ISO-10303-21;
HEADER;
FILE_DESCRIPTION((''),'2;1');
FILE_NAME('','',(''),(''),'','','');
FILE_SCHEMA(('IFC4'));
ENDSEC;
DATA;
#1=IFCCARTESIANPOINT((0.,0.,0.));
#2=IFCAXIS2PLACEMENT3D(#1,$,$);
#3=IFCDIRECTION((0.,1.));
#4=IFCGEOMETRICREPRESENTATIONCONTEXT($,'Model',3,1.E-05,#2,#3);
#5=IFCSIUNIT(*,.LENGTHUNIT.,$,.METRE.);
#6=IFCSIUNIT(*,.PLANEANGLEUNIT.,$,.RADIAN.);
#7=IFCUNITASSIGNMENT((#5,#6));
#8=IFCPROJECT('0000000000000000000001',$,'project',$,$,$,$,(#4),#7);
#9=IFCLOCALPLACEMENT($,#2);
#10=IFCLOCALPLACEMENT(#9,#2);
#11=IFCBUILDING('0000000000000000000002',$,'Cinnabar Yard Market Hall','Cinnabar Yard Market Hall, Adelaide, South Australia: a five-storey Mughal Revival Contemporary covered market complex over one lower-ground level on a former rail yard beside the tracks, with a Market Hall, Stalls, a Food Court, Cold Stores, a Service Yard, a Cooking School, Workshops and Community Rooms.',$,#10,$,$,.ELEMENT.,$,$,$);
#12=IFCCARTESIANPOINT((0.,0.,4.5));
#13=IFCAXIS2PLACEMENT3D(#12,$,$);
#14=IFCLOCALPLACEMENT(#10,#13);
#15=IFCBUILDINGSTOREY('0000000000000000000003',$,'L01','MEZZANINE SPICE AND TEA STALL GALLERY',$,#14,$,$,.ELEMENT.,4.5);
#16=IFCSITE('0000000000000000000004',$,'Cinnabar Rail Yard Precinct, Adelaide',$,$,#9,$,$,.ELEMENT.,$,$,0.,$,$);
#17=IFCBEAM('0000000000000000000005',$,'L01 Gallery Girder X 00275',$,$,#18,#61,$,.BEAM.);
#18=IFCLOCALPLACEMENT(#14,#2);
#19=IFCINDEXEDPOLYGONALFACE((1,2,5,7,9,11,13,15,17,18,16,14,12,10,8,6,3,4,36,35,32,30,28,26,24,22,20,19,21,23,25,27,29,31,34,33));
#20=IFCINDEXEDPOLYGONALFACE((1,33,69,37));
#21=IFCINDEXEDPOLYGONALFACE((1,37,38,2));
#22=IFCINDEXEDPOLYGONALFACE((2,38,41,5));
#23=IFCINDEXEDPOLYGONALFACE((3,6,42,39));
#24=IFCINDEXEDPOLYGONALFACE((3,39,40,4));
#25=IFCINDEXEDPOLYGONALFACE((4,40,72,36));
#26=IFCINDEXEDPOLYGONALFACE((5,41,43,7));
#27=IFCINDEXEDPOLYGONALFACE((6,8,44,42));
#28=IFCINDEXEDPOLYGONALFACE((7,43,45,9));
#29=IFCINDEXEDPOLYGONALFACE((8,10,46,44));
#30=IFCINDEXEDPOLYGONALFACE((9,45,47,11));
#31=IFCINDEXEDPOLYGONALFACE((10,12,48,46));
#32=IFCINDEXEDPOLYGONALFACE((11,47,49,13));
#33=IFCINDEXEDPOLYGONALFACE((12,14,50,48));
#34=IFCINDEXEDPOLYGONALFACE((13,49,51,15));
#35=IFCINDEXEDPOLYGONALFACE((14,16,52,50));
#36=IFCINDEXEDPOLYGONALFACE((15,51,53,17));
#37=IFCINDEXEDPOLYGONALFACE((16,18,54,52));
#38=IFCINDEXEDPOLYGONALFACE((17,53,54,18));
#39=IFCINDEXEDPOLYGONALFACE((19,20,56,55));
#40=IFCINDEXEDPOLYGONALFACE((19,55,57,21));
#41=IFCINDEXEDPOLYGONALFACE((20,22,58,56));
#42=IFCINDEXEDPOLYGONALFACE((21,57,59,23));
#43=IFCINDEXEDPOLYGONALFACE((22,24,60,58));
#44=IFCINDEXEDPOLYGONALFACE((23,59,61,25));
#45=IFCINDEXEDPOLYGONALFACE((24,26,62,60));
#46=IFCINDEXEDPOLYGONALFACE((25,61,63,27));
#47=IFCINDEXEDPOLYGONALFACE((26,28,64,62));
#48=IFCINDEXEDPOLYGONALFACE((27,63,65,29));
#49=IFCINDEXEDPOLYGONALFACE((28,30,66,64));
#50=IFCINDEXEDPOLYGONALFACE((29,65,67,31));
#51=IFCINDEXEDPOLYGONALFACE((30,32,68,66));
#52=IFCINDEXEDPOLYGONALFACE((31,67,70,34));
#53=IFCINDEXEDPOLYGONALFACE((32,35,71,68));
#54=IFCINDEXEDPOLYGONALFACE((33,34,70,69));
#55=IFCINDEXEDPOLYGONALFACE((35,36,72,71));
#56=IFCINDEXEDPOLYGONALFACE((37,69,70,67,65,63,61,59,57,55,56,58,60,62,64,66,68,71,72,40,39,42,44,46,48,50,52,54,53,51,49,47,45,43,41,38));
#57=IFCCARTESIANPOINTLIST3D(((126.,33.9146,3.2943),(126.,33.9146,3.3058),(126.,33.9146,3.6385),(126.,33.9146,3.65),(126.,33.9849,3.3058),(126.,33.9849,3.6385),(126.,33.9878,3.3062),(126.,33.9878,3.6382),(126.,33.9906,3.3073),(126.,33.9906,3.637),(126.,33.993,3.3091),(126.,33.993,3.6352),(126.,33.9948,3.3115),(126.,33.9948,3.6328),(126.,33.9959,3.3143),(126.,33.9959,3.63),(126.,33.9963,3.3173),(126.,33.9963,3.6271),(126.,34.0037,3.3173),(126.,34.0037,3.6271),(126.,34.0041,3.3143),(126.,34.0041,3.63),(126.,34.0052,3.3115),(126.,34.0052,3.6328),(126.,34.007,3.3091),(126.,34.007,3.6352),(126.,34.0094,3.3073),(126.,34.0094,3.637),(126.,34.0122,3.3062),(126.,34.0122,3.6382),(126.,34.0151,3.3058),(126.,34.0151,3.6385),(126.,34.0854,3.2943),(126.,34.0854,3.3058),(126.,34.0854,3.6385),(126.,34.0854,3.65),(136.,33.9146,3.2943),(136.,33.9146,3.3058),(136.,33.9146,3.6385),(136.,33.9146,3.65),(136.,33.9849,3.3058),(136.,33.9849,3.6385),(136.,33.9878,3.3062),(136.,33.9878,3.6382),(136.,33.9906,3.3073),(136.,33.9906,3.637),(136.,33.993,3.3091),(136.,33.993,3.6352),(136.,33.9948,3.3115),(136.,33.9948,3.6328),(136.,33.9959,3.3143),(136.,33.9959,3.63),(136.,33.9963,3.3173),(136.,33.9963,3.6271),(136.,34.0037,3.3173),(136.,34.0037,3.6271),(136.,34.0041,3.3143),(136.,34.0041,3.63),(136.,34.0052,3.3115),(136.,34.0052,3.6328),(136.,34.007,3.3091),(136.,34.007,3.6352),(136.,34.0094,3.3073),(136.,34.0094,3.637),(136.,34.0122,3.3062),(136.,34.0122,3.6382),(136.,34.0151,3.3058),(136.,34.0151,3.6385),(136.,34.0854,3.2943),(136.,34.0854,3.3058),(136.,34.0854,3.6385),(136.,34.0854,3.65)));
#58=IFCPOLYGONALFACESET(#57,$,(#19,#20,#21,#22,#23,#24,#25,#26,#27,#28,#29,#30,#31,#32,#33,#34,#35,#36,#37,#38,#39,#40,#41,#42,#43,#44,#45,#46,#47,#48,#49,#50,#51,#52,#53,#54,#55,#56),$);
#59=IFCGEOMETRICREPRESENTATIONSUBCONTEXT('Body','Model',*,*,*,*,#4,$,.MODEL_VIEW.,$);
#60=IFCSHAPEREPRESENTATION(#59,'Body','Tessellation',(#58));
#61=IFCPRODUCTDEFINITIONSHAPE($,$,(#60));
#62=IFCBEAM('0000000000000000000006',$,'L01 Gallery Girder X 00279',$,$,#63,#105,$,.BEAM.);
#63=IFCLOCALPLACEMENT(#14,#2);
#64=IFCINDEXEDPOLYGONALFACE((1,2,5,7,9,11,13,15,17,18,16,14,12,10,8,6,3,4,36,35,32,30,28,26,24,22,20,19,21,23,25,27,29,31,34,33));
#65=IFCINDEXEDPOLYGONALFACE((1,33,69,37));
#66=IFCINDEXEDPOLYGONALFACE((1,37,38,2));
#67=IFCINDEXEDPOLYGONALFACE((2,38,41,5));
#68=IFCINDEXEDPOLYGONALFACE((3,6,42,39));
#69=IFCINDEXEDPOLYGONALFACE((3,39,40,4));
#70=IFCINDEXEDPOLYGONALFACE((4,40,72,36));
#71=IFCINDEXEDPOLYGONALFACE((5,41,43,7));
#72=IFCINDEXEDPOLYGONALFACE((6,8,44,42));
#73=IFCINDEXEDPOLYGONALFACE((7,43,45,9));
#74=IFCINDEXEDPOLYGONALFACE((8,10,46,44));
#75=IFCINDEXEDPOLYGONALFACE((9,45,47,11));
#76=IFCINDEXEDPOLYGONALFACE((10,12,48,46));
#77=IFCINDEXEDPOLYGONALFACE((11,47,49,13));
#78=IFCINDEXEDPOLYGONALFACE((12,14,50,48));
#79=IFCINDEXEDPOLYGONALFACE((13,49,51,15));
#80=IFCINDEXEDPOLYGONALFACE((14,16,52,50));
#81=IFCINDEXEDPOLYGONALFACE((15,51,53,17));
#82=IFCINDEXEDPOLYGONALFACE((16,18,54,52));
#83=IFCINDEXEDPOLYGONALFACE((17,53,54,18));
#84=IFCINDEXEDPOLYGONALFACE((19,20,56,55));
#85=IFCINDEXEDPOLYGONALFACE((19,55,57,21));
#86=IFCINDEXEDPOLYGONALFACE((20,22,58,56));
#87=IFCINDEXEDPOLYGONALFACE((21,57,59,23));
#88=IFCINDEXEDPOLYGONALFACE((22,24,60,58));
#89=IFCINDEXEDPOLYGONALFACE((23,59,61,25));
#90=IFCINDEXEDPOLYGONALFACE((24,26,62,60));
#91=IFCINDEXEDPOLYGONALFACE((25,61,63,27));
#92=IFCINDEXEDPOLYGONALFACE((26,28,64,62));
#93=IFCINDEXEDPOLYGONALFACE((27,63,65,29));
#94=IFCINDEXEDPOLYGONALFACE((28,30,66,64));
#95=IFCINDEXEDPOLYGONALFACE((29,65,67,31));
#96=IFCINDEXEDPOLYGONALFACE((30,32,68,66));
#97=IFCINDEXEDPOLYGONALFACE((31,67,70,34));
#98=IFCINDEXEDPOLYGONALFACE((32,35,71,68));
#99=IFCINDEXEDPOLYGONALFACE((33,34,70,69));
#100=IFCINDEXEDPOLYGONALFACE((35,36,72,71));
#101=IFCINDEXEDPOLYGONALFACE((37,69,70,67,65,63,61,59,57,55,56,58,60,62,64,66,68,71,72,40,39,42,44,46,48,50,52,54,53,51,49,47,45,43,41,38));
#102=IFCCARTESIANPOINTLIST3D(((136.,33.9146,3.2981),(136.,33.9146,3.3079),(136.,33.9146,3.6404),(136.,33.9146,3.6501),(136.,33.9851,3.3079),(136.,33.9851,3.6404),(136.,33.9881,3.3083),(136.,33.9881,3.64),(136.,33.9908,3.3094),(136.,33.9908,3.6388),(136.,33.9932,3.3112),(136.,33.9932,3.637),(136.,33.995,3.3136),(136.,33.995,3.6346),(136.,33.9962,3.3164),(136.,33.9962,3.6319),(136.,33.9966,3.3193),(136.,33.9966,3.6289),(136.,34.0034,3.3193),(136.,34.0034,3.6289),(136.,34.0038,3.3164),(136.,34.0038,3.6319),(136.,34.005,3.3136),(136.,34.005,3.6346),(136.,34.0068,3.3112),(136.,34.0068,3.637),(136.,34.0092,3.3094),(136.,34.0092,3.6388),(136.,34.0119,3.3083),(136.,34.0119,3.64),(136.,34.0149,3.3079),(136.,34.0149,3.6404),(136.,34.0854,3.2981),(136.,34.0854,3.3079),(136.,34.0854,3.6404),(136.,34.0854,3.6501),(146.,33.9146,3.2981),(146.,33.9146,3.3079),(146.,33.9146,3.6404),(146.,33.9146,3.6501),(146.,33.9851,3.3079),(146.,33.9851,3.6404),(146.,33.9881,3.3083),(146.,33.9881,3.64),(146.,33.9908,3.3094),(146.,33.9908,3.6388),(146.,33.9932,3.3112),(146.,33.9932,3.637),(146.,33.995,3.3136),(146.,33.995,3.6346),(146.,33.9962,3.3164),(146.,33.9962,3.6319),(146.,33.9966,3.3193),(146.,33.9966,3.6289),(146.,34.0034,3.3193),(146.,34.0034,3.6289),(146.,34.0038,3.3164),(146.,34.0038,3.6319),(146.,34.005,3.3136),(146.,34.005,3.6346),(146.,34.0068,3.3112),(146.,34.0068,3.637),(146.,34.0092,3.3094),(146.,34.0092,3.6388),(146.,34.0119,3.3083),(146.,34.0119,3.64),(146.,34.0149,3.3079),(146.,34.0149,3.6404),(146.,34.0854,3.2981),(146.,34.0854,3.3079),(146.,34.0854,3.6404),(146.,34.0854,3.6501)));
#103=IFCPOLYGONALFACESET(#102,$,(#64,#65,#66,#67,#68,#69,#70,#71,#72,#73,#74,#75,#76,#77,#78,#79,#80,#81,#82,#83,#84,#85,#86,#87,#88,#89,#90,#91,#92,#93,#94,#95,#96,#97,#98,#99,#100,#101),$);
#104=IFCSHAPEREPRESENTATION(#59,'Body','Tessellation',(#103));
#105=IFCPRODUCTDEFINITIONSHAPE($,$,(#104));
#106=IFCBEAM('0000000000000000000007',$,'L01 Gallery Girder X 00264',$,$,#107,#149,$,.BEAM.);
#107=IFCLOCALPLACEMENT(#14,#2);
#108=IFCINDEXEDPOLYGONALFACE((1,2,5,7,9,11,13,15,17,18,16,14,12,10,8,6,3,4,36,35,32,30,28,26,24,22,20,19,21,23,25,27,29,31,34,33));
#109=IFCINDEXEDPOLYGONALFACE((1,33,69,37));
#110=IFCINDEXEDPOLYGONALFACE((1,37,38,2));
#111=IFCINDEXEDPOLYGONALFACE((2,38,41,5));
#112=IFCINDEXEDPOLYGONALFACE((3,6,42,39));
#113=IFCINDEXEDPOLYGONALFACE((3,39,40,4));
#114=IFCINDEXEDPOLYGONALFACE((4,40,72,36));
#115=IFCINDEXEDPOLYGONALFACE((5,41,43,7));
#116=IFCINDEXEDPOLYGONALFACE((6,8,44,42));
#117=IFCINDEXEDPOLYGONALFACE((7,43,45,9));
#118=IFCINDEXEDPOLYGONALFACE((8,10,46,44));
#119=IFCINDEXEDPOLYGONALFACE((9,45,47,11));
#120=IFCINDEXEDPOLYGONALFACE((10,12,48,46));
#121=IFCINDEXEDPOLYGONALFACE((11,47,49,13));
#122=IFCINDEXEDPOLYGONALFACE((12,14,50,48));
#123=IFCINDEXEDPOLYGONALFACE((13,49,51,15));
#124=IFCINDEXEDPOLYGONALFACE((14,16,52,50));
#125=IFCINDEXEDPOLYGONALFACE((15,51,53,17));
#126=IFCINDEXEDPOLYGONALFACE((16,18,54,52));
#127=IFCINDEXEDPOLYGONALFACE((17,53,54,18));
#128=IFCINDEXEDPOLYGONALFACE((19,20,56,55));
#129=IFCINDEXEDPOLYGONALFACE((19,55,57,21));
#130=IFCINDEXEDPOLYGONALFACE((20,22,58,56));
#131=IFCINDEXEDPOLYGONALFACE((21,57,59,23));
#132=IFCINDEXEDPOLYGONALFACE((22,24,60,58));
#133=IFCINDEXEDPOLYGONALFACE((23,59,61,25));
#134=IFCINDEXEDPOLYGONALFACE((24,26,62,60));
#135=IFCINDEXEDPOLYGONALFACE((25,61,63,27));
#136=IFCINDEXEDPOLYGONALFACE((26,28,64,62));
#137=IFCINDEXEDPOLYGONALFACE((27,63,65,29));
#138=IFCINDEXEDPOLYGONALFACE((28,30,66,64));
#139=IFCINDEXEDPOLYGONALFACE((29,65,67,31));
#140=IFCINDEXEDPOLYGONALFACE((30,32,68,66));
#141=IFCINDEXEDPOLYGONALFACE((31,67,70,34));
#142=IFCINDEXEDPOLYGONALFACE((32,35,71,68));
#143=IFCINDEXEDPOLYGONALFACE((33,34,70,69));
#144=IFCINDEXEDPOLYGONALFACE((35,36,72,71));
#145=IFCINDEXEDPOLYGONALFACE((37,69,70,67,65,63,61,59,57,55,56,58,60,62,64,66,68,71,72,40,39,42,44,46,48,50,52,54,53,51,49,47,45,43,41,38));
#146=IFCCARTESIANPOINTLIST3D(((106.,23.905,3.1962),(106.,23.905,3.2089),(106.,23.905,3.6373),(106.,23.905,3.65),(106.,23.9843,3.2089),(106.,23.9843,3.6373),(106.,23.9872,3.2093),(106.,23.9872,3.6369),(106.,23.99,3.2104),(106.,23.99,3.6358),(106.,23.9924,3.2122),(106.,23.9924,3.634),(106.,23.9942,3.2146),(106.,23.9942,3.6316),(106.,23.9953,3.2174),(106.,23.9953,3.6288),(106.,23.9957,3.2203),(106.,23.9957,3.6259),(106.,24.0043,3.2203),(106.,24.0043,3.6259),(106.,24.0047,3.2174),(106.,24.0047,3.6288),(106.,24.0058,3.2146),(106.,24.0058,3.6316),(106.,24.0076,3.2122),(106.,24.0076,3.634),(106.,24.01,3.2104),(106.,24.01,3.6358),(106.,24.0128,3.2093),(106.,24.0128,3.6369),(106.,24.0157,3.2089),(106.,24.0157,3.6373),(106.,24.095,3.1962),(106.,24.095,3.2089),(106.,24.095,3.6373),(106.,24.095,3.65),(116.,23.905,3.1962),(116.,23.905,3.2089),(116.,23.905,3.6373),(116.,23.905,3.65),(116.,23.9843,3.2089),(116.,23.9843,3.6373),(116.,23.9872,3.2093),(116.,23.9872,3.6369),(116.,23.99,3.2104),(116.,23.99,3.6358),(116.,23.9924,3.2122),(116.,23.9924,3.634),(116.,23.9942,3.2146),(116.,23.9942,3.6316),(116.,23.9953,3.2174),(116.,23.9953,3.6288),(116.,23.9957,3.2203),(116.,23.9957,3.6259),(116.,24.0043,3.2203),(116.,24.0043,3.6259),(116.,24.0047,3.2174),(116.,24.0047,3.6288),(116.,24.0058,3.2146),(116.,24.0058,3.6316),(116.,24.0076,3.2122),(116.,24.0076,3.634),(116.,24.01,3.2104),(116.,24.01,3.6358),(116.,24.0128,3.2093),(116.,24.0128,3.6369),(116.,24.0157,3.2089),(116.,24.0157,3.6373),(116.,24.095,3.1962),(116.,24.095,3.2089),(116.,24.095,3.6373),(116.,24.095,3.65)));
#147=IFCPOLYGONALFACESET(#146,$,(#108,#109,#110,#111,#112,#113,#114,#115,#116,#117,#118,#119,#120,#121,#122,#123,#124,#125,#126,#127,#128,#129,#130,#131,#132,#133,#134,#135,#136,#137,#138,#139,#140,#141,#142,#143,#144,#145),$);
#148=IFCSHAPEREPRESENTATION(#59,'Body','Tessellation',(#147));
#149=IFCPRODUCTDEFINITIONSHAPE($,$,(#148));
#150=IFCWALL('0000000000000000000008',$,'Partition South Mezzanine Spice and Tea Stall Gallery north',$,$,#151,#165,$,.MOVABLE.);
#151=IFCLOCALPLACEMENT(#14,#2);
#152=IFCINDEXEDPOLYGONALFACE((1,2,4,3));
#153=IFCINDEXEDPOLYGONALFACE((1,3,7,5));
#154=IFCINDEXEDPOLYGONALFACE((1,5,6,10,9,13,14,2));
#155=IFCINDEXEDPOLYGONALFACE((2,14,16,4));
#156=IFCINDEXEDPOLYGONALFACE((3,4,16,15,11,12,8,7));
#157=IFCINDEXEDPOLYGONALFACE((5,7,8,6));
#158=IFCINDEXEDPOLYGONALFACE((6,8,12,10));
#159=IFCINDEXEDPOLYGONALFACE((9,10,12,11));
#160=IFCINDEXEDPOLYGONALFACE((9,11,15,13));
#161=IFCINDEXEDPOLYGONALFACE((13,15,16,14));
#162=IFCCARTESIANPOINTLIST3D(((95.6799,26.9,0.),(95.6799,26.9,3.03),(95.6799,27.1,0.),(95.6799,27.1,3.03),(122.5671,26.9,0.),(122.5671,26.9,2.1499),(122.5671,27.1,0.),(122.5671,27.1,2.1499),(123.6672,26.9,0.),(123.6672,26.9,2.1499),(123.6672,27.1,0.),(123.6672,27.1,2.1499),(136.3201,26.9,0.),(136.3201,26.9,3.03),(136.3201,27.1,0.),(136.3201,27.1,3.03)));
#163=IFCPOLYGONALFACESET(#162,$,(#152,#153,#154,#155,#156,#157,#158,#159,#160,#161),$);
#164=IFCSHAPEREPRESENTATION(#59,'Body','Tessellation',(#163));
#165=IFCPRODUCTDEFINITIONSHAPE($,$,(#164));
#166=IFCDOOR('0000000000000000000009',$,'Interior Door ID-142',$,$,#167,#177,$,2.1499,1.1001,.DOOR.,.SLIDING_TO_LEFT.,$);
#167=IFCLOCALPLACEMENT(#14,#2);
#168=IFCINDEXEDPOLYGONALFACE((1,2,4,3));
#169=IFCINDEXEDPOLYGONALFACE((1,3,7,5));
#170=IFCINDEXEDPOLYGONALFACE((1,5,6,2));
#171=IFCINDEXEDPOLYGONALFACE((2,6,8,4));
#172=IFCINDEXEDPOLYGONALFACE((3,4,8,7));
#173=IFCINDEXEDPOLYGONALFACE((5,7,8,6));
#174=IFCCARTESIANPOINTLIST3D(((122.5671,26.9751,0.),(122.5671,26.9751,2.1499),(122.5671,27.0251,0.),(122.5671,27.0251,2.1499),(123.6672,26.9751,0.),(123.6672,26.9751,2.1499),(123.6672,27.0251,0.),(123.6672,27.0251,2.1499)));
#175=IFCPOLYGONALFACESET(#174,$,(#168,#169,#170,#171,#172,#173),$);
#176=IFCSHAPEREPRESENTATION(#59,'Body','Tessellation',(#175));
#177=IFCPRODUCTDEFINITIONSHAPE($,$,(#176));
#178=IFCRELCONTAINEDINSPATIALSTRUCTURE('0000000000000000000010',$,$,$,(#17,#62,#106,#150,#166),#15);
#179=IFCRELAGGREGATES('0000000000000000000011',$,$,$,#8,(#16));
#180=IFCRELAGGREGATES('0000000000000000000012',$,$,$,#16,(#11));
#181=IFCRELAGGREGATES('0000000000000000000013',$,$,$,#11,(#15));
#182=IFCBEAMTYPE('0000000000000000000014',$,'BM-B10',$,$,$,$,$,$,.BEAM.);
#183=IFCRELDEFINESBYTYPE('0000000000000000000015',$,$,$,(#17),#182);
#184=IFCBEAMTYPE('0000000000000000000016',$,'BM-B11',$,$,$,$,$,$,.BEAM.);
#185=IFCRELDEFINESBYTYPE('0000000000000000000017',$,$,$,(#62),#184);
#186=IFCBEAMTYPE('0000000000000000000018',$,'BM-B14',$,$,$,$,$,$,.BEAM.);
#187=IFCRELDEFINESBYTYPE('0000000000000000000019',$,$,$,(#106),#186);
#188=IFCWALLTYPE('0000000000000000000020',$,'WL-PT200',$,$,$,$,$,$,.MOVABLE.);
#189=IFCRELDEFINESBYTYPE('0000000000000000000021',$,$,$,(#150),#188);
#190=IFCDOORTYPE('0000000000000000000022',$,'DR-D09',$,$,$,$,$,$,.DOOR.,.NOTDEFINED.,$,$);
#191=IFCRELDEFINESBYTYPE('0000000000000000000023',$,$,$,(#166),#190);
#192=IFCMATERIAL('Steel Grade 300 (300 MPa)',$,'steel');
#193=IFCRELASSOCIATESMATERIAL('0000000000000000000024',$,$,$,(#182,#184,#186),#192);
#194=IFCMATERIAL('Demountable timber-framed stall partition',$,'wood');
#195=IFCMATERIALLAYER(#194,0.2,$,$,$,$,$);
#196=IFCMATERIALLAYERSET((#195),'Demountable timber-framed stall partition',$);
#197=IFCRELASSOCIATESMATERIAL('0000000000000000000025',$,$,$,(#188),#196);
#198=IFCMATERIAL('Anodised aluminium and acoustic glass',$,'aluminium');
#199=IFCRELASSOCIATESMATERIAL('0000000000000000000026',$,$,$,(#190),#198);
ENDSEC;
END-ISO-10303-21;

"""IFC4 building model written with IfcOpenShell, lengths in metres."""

from ifc_helpers import new_model, si_unit, direction, frame, frame_2d, origin, origin_2d_with_axis, place, context, subcontext, project, spatial, rectangle, i_section, extrude, material, layer, layer_set, material_profile, profile_set, type_object, element, fill, save


model = new_model("IFC4")

# Units and contexts
model_context = context("Model", 3, precision=1e-05, world=origin(), true_north=direction((0.0, 1.0)))
body_context = subcontext(model_context, "Body", "Model", "MODEL_VIEW")
ifc_project = project(units=[si_unit("LENGTHUNIT", "METRE"), si_unit("PLANEANGLEUNIT", "RADIAN")], contexts=[model_context])

# Site, building, storey
site_placement = place(None, origin())
site = spatial("IfcSite", under=ifc_project, at=site_placement, Name="Cinnabar Rail Yard Precinct, Adelaide", CompositionType="ELEMENT", RefElevation=0.0)
building_placement = place(site_placement, origin())
building = spatial("IfcBuilding", under=site, at=building_placement, Name="Cinnabar Yard Market Hall", Description="Cinnabar Yard Market Hall, Adelaide, South Australia: a five-storey Mughal Revival Contemporary covered market complex over one lower-ground level on a former rail yard beside the tracks, with a Market Hall, Stalls, a Food Court, Cold Stores, a Service Yard, a Cooking School, Workshops and Community Rooms.", CompositionType="ELEMENT")
storey_placement = place(building_placement, frame((0.0, 0.0, 4.5)))
storey = spatial("IfcBuildingStorey", under=building, at=storey_placement, Name="L01", Description="MEZZANINE SPICE AND TEA STALL GALLERY", CompositionType="ELEMENT", Elevation=4.5)

# Beams
ifc_material_1 = material(Name="Steel Grade 300 (300 MPa)", Category="steel")
ifc_material_profile_1 = material_profile(ifc_material_1, i_section(OverallWidth=0.1709, OverallDepth=0.3557, WebThickness=0.0073, FlangeThickness=0.0115, FilletRadius=0.0115, at=origin_2d_with_axis()), Name="360UB50.7")
ifc_profile_set_1 = profile_set([ifc_material_profile_1], Name="Steel Grade 300 (300 MPa)")
beam_type_1 = type_object("IfcBeamType", Name="BM-B10", PredefinedType="BEAM", material=ifc_profile_set_1)
beam_1_placement = place(storey_placement, frame((126.0, 34.0, 3.4722), z_axis=(1.0, 0.0, 0.0), x_axis=(0.0, 1.0, 0.0)))
element("IfcBeam", 1, at=beam_1_placement, inside=storey, type_object=beam_type_1, Name="L01 Gallery Girder X 00275", PredefinedType="BEAM", context=body_context, shape_type="SweptSolid", body=[
    extrude(i_section(OverallWidth=0.1709, OverallDepth=0.3557, WebThickness=0.0073, FlangeThickness=0.0115, FilletRadius=0.0115, at=origin_2d_with_axis()), origin(), (0.0, 0.0, 1.0), 10.0),
])
ifc_material_profile_2 = material_profile(ifc_material_1, i_section(OverallWidth=0.1709, OverallDepth=0.3521, WebThickness=0.0068, FlangeThickness=0.0098, FilletRadius=0.0115, at=origin_2d_with_axis()), Name="360UB44.7")
ifc_profile_set_2 = profile_set([ifc_material_profile_2], Name="Steel Grade 300 (300 MPa)")
beam_type_2 = type_object("IfcBeamType", Name="BM-B11", PredefinedType="BEAM", material=ifc_profile_set_2)
beam_2_placement = place(storey_placement, frame((136.0, 34.0, 3.4741), z_axis=(1.0, 0.0, 0.0), x_axis=(0.0, 1.0, 0.0)))
element("IfcBeam", 2, at=beam_2_placement, inside=storey, type_object=beam_type_2, Name="L01 Gallery Girder X 00279", PredefinedType="BEAM", context=body_context, shape_type="SweptSolid", body=[
    extrude(i_section(OverallWidth=0.1709, OverallDepth=0.3521, WebThickness=0.0068, FlangeThickness=0.0098, FilletRadius=0.0115, at=origin_2d_with_axis()), origin(), (0.0, 0.0, 1.0), 10.0),
])
ifc_material_profile_3 = material_profile(ifc_material_1, i_section(OverallWidth=0.1899, OverallDepth=0.4539, WebThickness=0.0085, FlangeThickness=0.0127, FilletRadius=0.0115, at=origin_2d_with_axis()), Name="460UB67.1")
ifc_profile_set_3 = profile_set([ifc_material_profile_3], Name="Steel Grade 300 (300 MPa)")
beam_type_3 = type_object("IfcBeamType", Name="BM-B14", PredefinedType="BEAM", material=ifc_profile_set_3)
beam_3_placement = place(storey_placement, frame((106.0, 24.0, 3.4231), z_axis=(1.0, 0.0, 0.0), x_axis=(0.0, 1.0, 0.0)))
element("IfcBeam", 3, at=beam_3_placement, inside=storey, type_object=beam_type_3, Name="L01 Gallery Girder X 00264", PredefinedType="BEAM", context=body_context, shape_type="SweptSolid", body=[
    extrude(i_section(OverallWidth=0.1899, OverallDepth=0.4539, WebThickness=0.0085, FlangeThickness=0.0127, FilletRadius=0.0115, at=origin_2d_with_axis()), origin(), (0.0, 0.0, 1.0), 10.0),
])

# Wall, opening, door
ifc_material_2 = material(Name="Demountable timber-framed stall partition", Category="wood")
ifc_layer_1 = layer(ifc_material_2, 0.2)
ifc_layer_set_1 = layer_set([ifc_layer_1], Name="Demountable timber-framed stall partition")
wall_type_1 = type_object("IfcWallType", Name="WL-PT200", PredefinedType="MOVABLE", material=ifc_layer_set_1)
wall_1_placement = place(storey_placement, frame((136.3201, 27.0, 0.0), z_axis=(0.0, 0.0, 1.0), x_axis=(-1.0, 0.0, 0.0)))
wall_1 = element("IfcWall", 4, at=wall_1_placement, inside=storey, type_object=wall_type_1, Name="Partition South Mezzanine Spice and Tea Stall Gallery north", PredefinedType="MOVABLE", context=body_context, shape_type="SweptSolid", body=[
    extrude(rectangle(XDim=40.6401, YDim=0.2, at=frame_2d((20.3201, 0.0), x_axis=(1.0, 0.0))), origin(), (0.0, 0.0, 1.0), 3.03),
])
opening_placement = place(wall_1_placement, frame((12.6528, 0.0, 0.0)))
opening = element("IfcOpeningElement", 5, at=opening_placement, cuts=wall_1, PredefinedType="OPENING", context=body_context, shape_type="SweptSolid", body=[
    extrude(rectangle(XDim=1.1001, YDim=2.1499, at=frame_2d((0.55, 1.075), x_axis=(1.0, 0.0))), frame((0.0, 0.1099, 0.0), z_axis=(0.0, -1.0, 0.0), x_axis=(1.0, 0.0, 0.0)), (0.0, 0.0, 1.0), 0.22),
])
ifc_material_3 = material(Name="Anodised aluminium and acoustic glass", Category="aluminium")
door_type = type_object("IfcDoorType", Name="DR-D09", OperationType="NOTDEFINED", PredefinedType="DOOR", material=ifc_material_3)
door_placement = place(opening_placement, origin())
door = element("IfcDoor", 6, at=door_placement, inside=storey, type_object=door_type, Name="Interior Door ID-142", OperationType="SLIDING_TO_LEFT", OverallHeight=2.1499, OverallWidth=1.1001, PredefinedType="DOOR", context=body_context, shape_type="SweptSolid", body=[
    extrude(rectangle(XDim=1.1001, YDim=2.1499, at=frame_2d((0.55, 1.075), x_axis=(1.0, 0.0))), frame((0.0, 0.0249, 0.0), z_axis=(0.0, -1.0, 0.0), x_axis=(1.0, 0.0, 0.0)), (0.0, 0.0, 1.0), 0.05),
])
fill(opening, door)

save(model, "model.ifc")
